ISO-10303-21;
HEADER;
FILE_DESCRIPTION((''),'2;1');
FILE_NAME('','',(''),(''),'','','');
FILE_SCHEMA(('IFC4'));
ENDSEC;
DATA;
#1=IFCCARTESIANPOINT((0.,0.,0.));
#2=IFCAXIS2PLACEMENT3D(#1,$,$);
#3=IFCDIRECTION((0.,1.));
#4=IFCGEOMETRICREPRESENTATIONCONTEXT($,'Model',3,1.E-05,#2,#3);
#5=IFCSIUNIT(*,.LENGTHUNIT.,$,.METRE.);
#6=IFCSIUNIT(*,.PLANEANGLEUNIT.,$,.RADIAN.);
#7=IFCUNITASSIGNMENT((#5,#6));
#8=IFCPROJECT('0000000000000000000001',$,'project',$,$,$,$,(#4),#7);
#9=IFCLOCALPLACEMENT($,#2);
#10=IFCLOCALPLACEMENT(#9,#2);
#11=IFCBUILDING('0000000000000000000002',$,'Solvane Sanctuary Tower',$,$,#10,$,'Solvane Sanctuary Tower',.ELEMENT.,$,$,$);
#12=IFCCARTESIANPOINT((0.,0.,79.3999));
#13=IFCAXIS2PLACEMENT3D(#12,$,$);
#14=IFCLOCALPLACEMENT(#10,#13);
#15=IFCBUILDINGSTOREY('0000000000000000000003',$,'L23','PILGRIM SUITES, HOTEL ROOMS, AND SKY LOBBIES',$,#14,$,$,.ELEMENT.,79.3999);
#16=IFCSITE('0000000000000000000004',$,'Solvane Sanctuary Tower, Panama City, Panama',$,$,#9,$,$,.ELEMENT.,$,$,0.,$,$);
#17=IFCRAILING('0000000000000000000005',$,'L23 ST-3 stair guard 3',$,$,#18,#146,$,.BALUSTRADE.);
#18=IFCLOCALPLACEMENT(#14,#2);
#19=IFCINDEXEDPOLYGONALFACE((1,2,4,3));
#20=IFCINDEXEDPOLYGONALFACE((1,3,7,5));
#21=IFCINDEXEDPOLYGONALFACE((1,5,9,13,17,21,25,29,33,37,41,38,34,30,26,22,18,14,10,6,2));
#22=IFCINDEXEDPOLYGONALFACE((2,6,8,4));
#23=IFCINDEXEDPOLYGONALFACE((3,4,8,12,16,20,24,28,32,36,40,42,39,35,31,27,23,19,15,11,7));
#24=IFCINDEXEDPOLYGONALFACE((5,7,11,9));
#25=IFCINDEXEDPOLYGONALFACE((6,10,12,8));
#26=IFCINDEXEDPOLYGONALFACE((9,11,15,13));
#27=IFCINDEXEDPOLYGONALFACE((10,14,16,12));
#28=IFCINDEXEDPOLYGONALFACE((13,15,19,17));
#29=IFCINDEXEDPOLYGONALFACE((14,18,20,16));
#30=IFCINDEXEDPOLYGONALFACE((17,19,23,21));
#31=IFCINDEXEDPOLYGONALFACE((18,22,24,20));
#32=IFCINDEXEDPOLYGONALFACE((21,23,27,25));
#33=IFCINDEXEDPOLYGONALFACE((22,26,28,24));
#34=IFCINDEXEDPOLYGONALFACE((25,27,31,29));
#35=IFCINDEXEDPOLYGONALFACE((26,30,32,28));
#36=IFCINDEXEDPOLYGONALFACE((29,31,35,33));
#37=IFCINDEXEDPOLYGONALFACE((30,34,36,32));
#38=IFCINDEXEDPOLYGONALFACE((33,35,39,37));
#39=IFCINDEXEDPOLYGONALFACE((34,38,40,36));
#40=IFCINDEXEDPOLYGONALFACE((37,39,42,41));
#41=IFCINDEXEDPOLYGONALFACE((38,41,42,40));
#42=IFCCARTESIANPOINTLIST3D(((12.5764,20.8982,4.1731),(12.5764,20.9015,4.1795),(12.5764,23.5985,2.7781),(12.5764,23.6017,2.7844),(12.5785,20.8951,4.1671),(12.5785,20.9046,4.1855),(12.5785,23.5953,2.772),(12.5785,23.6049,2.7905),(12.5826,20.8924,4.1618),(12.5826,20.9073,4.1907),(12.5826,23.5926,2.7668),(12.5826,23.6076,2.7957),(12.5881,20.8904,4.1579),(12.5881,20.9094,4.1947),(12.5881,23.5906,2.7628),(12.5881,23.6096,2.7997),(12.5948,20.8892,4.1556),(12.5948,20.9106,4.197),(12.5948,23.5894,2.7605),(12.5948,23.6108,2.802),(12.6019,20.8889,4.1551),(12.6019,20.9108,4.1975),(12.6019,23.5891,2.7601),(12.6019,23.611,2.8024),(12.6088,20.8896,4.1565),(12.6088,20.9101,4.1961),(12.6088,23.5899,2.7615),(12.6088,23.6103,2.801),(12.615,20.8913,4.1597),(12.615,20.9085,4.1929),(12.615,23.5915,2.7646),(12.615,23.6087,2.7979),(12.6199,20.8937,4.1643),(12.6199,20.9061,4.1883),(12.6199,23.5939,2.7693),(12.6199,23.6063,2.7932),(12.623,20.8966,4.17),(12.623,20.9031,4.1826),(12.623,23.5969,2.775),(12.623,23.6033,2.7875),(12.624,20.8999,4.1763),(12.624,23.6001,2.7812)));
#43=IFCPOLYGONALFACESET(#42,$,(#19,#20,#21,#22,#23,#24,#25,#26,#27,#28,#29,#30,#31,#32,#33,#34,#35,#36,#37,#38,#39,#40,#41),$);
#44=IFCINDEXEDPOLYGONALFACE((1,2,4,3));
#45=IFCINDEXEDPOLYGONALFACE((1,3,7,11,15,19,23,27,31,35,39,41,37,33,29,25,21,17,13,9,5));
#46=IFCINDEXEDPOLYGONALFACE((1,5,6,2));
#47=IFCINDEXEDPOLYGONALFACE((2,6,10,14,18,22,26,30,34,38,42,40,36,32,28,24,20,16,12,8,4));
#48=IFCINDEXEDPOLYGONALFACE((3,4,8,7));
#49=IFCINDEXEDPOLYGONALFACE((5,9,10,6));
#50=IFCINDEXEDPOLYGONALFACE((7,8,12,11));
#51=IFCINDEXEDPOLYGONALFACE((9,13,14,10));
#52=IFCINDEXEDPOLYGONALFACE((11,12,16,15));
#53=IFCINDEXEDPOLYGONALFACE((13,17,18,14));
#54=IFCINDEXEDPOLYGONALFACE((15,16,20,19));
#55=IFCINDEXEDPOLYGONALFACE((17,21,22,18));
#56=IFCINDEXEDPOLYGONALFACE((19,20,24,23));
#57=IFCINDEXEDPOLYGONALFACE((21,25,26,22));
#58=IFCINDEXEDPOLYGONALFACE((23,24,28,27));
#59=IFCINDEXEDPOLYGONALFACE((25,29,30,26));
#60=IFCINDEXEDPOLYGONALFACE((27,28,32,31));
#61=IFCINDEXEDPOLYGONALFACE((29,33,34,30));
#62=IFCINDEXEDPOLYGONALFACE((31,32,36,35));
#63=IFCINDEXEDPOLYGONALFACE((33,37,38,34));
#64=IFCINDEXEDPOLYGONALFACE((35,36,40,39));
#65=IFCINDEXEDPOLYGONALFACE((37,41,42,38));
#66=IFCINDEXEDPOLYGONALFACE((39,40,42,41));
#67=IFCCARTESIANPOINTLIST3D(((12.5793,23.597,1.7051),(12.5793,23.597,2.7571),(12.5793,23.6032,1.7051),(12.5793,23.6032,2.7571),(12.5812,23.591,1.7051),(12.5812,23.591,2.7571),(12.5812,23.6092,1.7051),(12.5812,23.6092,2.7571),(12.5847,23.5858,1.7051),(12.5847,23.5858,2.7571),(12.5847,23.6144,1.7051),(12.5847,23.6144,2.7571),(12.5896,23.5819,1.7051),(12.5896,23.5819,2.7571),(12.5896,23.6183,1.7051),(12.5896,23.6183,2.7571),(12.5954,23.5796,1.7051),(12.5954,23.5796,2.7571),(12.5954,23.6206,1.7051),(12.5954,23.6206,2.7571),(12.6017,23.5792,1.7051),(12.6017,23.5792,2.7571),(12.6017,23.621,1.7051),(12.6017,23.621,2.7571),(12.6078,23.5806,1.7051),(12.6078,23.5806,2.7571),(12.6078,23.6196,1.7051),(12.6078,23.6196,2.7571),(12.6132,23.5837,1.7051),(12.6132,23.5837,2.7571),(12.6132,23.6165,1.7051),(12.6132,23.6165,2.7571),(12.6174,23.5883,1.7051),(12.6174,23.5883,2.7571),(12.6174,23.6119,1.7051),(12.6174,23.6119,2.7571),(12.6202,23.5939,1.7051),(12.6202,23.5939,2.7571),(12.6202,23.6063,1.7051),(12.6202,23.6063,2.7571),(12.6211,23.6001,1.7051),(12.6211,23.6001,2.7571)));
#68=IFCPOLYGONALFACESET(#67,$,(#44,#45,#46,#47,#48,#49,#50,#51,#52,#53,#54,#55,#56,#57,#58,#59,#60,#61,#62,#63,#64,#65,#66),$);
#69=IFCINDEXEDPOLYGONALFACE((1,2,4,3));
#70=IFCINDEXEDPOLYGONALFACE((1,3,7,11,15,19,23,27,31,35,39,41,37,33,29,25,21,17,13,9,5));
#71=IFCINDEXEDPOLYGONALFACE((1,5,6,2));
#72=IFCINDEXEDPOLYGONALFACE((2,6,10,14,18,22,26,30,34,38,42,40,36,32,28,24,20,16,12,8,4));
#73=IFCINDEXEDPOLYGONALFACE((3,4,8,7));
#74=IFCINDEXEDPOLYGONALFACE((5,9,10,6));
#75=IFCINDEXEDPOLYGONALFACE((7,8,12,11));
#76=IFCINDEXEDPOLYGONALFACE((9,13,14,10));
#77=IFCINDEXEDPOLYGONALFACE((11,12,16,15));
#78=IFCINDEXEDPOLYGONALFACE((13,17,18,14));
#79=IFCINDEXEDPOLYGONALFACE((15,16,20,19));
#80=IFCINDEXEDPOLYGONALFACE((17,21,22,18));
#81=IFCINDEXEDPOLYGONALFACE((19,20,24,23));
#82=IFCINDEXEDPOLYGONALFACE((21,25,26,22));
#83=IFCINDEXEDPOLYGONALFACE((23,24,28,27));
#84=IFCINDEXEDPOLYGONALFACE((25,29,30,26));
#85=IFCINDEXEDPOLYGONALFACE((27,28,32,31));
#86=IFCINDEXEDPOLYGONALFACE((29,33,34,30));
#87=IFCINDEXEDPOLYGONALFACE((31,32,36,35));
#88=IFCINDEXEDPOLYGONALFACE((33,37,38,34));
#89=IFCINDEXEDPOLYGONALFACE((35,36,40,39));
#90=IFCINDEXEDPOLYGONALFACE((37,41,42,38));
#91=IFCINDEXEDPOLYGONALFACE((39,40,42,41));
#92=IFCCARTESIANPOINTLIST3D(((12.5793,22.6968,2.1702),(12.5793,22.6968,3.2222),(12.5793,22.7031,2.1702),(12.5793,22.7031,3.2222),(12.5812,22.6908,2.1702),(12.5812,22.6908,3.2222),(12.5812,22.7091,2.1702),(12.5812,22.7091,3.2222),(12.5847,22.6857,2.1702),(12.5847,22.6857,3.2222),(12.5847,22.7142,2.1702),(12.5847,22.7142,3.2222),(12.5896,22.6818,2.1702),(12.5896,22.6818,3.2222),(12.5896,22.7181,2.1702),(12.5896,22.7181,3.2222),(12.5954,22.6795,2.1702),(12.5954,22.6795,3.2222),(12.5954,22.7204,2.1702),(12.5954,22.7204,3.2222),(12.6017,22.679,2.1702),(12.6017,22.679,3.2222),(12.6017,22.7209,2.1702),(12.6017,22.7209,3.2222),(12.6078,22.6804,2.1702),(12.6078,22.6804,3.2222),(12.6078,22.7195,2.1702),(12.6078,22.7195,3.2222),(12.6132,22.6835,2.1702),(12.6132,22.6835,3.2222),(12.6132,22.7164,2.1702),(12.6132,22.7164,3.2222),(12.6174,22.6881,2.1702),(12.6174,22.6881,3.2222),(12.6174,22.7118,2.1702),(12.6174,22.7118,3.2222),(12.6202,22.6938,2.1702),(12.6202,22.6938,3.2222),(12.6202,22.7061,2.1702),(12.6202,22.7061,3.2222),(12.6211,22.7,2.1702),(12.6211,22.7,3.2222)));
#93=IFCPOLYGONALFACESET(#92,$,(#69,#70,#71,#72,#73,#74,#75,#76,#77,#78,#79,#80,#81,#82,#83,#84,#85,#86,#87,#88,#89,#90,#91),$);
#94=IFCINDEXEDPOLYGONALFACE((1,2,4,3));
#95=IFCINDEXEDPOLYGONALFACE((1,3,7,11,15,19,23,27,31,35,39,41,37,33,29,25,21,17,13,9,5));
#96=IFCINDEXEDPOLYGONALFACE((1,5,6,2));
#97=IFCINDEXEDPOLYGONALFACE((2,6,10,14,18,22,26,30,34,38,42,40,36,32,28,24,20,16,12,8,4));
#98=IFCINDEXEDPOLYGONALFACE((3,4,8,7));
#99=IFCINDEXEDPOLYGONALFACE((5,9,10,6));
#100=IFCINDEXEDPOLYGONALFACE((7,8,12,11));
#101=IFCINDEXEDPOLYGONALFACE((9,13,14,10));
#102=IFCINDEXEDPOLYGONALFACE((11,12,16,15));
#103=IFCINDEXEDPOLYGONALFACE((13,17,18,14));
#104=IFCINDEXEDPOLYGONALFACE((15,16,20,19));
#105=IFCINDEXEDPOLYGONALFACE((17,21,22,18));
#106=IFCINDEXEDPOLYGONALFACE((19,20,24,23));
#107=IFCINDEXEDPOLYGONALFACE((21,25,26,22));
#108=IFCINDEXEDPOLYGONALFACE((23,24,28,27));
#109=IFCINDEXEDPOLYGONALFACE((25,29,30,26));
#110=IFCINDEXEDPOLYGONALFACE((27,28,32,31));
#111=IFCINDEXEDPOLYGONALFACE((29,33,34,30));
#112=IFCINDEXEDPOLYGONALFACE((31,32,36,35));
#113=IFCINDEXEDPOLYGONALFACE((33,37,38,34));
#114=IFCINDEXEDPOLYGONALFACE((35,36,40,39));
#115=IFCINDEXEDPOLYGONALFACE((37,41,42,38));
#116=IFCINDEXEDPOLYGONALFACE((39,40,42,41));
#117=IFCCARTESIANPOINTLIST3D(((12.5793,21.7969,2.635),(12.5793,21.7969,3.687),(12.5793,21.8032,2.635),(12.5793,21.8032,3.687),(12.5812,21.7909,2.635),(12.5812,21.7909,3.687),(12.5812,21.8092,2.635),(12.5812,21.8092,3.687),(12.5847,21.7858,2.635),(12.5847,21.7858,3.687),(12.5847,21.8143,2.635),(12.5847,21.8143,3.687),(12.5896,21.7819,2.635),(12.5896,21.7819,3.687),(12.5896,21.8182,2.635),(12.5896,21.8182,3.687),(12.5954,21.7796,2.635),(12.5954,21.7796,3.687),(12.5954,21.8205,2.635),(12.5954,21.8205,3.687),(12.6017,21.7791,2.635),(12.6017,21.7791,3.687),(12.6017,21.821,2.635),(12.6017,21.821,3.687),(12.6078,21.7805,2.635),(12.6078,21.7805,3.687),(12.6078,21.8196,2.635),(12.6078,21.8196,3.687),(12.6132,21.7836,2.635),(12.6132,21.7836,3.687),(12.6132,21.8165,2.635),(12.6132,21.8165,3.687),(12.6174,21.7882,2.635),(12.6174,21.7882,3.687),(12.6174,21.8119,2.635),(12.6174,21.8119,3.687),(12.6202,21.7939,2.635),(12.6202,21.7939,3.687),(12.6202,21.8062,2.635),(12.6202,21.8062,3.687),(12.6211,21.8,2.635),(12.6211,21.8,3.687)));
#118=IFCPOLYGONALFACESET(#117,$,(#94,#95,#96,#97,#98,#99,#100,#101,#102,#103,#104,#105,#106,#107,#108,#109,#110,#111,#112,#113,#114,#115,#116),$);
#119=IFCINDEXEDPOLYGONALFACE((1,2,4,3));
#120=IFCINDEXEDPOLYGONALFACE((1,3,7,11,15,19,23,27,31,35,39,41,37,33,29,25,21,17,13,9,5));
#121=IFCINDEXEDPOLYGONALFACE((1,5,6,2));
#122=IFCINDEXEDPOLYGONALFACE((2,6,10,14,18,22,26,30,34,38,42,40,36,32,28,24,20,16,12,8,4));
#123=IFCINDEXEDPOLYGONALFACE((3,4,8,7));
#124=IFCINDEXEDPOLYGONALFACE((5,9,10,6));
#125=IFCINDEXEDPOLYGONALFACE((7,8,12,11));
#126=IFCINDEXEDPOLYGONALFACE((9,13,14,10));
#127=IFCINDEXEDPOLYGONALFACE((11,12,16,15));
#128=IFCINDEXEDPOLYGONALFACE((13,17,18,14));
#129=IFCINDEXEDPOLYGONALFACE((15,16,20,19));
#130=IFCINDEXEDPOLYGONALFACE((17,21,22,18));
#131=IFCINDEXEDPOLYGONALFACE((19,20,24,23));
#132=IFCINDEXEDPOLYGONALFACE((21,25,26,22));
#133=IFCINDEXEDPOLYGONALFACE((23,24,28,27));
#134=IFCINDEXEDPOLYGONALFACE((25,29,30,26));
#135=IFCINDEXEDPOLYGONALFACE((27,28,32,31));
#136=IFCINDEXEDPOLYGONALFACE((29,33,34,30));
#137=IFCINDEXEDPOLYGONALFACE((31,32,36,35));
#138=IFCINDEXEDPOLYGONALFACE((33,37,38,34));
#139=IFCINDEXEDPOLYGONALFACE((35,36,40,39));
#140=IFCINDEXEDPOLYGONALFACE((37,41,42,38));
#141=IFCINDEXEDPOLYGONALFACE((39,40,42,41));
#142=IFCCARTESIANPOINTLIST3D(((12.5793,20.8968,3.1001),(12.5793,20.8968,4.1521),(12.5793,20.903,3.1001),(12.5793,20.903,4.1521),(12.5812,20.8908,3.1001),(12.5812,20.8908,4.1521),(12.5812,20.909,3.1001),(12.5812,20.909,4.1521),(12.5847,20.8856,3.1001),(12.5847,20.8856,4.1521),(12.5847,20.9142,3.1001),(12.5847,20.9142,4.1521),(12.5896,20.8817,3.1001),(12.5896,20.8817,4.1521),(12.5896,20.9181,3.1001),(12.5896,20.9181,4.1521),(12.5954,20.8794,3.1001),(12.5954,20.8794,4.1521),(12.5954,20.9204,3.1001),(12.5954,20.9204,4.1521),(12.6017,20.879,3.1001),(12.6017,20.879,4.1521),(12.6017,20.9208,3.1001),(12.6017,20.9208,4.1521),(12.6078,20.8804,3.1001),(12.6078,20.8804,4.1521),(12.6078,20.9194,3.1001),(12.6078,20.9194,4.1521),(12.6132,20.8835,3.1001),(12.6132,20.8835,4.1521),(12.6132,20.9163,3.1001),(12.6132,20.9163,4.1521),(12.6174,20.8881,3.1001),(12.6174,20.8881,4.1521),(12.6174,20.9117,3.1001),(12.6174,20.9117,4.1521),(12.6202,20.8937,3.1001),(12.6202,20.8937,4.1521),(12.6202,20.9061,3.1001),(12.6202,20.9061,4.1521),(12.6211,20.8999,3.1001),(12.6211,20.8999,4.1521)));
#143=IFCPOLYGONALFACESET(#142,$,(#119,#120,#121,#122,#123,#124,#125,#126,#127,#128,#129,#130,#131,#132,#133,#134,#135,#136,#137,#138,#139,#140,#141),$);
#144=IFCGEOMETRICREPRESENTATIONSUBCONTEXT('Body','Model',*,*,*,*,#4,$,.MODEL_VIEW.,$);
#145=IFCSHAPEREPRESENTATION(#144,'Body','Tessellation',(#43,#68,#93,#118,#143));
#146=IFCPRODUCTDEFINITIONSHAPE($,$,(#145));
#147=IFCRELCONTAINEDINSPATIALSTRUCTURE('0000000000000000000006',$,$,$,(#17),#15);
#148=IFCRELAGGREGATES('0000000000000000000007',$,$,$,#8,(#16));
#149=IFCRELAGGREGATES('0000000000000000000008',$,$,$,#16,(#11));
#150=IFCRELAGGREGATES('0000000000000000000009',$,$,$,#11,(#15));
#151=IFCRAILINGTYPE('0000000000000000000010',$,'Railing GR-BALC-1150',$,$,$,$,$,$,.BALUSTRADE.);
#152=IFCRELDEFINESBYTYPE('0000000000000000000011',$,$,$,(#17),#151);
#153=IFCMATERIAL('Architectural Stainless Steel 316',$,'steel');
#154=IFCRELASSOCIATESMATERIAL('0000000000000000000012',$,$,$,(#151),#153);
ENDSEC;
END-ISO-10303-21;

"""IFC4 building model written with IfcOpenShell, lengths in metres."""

from ifc_helpers import new_model, si_unit, direction, frame, origin, origin_2d, place, context, subcontext, project, spatial, circle, extrude, material, type_object, element, save


model = new_model("IFC4")

# Units and contexts
model_context = context("Model", 3, precision=1e-05, world=origin(), true_north=direction((0.0, 1.0)))
body_context = subcontext(model_context, "Body", "Model", "MODEL_VIEW")
ifc_project = project(units=[si_unit("LENGTHUNIT", "METRE"), si_unit("PLANEANGLEUNIT", "RADIAN")], contexts=[model_context])

# Site, building, storey
site_placement = place(None, origin())
site = spatial("IfcSite", under=ifc_project, at=site_placement, Name="Solvane Sanctuary Tower, Panama City, Panama", CompositionType="ELEMENT", RefElevation=0.0)
building_placement = place(site_placement, origin())
building = spatial("IfcBuilding", under=site, at=building_placement, Name="Solvane Sanctuary Tower", LongName="Solvane Sanctuary Tower", CompositionType="ELEMENT")
storey_placement = place(building_placement, frame((0.0, 0.0, 79.3999)))
storey = spatial("IfcBuildingStorey", under=building, at=storey_placement, Name="L23", Description="PILGRIM SUITES, HOTEL ROOMS, AND SKY LOBBIES", CompositionType="ELEMENT", Elevation=79.3999)

# Railing
ifc_material_1 = material(Name="Architectural Stainless Steel 316", Category="steel")
railing_type_1 = type_object("IfcRailingType", Name="Railing GR-BALC-1150", PredefinedType="BALUSTRADE", material=ifc_material_1)
railing_1_placement = place(storey_placement, frame((12.6001, 23.6001, 1.7051)))
element("IfcRailing", 1, at=railing_1_placement, inside=storey, type_object=railing_type_1, Name="L23 ST-3 stair guard 3", PredefinedType="BALUSTRADE", context=body_context, shape_type="SweptSolid", body=[
    extrude(circle(Radius=0.0239, at=origin_2d()), frame((0.0, 0.0, 1.0762), z_axis=(0.0, -0.888437, 0.458999), x_axis=(1.0, 0.0, 0.0)), (0.0, 0.0, 1.0), 3.0393),
    extrude(circle(Radius=0.021, at=origin_2d()), origin(), (0.0, 0.0, 1.0), 1.052),
    extrude(circle(Radius=0.021, at=origin_2d()), frame((0.0, -0.9001, 0.4651)), (0.0, 0.0, 1.0), 1.052),
    extrude(circle(Radius=0.021, at=origin_2d()), frame((0.0, -1.8, 0.9299)), (0.0, 0.0, 1.0), 1.052),
    extrude(circle(Radius=0.021, at=origin_2d()), frame((0.0, -2.7002, 1.395)), (0.0, 0.0, 1.0), 1.052),
])

save(model, "model.ifc")
